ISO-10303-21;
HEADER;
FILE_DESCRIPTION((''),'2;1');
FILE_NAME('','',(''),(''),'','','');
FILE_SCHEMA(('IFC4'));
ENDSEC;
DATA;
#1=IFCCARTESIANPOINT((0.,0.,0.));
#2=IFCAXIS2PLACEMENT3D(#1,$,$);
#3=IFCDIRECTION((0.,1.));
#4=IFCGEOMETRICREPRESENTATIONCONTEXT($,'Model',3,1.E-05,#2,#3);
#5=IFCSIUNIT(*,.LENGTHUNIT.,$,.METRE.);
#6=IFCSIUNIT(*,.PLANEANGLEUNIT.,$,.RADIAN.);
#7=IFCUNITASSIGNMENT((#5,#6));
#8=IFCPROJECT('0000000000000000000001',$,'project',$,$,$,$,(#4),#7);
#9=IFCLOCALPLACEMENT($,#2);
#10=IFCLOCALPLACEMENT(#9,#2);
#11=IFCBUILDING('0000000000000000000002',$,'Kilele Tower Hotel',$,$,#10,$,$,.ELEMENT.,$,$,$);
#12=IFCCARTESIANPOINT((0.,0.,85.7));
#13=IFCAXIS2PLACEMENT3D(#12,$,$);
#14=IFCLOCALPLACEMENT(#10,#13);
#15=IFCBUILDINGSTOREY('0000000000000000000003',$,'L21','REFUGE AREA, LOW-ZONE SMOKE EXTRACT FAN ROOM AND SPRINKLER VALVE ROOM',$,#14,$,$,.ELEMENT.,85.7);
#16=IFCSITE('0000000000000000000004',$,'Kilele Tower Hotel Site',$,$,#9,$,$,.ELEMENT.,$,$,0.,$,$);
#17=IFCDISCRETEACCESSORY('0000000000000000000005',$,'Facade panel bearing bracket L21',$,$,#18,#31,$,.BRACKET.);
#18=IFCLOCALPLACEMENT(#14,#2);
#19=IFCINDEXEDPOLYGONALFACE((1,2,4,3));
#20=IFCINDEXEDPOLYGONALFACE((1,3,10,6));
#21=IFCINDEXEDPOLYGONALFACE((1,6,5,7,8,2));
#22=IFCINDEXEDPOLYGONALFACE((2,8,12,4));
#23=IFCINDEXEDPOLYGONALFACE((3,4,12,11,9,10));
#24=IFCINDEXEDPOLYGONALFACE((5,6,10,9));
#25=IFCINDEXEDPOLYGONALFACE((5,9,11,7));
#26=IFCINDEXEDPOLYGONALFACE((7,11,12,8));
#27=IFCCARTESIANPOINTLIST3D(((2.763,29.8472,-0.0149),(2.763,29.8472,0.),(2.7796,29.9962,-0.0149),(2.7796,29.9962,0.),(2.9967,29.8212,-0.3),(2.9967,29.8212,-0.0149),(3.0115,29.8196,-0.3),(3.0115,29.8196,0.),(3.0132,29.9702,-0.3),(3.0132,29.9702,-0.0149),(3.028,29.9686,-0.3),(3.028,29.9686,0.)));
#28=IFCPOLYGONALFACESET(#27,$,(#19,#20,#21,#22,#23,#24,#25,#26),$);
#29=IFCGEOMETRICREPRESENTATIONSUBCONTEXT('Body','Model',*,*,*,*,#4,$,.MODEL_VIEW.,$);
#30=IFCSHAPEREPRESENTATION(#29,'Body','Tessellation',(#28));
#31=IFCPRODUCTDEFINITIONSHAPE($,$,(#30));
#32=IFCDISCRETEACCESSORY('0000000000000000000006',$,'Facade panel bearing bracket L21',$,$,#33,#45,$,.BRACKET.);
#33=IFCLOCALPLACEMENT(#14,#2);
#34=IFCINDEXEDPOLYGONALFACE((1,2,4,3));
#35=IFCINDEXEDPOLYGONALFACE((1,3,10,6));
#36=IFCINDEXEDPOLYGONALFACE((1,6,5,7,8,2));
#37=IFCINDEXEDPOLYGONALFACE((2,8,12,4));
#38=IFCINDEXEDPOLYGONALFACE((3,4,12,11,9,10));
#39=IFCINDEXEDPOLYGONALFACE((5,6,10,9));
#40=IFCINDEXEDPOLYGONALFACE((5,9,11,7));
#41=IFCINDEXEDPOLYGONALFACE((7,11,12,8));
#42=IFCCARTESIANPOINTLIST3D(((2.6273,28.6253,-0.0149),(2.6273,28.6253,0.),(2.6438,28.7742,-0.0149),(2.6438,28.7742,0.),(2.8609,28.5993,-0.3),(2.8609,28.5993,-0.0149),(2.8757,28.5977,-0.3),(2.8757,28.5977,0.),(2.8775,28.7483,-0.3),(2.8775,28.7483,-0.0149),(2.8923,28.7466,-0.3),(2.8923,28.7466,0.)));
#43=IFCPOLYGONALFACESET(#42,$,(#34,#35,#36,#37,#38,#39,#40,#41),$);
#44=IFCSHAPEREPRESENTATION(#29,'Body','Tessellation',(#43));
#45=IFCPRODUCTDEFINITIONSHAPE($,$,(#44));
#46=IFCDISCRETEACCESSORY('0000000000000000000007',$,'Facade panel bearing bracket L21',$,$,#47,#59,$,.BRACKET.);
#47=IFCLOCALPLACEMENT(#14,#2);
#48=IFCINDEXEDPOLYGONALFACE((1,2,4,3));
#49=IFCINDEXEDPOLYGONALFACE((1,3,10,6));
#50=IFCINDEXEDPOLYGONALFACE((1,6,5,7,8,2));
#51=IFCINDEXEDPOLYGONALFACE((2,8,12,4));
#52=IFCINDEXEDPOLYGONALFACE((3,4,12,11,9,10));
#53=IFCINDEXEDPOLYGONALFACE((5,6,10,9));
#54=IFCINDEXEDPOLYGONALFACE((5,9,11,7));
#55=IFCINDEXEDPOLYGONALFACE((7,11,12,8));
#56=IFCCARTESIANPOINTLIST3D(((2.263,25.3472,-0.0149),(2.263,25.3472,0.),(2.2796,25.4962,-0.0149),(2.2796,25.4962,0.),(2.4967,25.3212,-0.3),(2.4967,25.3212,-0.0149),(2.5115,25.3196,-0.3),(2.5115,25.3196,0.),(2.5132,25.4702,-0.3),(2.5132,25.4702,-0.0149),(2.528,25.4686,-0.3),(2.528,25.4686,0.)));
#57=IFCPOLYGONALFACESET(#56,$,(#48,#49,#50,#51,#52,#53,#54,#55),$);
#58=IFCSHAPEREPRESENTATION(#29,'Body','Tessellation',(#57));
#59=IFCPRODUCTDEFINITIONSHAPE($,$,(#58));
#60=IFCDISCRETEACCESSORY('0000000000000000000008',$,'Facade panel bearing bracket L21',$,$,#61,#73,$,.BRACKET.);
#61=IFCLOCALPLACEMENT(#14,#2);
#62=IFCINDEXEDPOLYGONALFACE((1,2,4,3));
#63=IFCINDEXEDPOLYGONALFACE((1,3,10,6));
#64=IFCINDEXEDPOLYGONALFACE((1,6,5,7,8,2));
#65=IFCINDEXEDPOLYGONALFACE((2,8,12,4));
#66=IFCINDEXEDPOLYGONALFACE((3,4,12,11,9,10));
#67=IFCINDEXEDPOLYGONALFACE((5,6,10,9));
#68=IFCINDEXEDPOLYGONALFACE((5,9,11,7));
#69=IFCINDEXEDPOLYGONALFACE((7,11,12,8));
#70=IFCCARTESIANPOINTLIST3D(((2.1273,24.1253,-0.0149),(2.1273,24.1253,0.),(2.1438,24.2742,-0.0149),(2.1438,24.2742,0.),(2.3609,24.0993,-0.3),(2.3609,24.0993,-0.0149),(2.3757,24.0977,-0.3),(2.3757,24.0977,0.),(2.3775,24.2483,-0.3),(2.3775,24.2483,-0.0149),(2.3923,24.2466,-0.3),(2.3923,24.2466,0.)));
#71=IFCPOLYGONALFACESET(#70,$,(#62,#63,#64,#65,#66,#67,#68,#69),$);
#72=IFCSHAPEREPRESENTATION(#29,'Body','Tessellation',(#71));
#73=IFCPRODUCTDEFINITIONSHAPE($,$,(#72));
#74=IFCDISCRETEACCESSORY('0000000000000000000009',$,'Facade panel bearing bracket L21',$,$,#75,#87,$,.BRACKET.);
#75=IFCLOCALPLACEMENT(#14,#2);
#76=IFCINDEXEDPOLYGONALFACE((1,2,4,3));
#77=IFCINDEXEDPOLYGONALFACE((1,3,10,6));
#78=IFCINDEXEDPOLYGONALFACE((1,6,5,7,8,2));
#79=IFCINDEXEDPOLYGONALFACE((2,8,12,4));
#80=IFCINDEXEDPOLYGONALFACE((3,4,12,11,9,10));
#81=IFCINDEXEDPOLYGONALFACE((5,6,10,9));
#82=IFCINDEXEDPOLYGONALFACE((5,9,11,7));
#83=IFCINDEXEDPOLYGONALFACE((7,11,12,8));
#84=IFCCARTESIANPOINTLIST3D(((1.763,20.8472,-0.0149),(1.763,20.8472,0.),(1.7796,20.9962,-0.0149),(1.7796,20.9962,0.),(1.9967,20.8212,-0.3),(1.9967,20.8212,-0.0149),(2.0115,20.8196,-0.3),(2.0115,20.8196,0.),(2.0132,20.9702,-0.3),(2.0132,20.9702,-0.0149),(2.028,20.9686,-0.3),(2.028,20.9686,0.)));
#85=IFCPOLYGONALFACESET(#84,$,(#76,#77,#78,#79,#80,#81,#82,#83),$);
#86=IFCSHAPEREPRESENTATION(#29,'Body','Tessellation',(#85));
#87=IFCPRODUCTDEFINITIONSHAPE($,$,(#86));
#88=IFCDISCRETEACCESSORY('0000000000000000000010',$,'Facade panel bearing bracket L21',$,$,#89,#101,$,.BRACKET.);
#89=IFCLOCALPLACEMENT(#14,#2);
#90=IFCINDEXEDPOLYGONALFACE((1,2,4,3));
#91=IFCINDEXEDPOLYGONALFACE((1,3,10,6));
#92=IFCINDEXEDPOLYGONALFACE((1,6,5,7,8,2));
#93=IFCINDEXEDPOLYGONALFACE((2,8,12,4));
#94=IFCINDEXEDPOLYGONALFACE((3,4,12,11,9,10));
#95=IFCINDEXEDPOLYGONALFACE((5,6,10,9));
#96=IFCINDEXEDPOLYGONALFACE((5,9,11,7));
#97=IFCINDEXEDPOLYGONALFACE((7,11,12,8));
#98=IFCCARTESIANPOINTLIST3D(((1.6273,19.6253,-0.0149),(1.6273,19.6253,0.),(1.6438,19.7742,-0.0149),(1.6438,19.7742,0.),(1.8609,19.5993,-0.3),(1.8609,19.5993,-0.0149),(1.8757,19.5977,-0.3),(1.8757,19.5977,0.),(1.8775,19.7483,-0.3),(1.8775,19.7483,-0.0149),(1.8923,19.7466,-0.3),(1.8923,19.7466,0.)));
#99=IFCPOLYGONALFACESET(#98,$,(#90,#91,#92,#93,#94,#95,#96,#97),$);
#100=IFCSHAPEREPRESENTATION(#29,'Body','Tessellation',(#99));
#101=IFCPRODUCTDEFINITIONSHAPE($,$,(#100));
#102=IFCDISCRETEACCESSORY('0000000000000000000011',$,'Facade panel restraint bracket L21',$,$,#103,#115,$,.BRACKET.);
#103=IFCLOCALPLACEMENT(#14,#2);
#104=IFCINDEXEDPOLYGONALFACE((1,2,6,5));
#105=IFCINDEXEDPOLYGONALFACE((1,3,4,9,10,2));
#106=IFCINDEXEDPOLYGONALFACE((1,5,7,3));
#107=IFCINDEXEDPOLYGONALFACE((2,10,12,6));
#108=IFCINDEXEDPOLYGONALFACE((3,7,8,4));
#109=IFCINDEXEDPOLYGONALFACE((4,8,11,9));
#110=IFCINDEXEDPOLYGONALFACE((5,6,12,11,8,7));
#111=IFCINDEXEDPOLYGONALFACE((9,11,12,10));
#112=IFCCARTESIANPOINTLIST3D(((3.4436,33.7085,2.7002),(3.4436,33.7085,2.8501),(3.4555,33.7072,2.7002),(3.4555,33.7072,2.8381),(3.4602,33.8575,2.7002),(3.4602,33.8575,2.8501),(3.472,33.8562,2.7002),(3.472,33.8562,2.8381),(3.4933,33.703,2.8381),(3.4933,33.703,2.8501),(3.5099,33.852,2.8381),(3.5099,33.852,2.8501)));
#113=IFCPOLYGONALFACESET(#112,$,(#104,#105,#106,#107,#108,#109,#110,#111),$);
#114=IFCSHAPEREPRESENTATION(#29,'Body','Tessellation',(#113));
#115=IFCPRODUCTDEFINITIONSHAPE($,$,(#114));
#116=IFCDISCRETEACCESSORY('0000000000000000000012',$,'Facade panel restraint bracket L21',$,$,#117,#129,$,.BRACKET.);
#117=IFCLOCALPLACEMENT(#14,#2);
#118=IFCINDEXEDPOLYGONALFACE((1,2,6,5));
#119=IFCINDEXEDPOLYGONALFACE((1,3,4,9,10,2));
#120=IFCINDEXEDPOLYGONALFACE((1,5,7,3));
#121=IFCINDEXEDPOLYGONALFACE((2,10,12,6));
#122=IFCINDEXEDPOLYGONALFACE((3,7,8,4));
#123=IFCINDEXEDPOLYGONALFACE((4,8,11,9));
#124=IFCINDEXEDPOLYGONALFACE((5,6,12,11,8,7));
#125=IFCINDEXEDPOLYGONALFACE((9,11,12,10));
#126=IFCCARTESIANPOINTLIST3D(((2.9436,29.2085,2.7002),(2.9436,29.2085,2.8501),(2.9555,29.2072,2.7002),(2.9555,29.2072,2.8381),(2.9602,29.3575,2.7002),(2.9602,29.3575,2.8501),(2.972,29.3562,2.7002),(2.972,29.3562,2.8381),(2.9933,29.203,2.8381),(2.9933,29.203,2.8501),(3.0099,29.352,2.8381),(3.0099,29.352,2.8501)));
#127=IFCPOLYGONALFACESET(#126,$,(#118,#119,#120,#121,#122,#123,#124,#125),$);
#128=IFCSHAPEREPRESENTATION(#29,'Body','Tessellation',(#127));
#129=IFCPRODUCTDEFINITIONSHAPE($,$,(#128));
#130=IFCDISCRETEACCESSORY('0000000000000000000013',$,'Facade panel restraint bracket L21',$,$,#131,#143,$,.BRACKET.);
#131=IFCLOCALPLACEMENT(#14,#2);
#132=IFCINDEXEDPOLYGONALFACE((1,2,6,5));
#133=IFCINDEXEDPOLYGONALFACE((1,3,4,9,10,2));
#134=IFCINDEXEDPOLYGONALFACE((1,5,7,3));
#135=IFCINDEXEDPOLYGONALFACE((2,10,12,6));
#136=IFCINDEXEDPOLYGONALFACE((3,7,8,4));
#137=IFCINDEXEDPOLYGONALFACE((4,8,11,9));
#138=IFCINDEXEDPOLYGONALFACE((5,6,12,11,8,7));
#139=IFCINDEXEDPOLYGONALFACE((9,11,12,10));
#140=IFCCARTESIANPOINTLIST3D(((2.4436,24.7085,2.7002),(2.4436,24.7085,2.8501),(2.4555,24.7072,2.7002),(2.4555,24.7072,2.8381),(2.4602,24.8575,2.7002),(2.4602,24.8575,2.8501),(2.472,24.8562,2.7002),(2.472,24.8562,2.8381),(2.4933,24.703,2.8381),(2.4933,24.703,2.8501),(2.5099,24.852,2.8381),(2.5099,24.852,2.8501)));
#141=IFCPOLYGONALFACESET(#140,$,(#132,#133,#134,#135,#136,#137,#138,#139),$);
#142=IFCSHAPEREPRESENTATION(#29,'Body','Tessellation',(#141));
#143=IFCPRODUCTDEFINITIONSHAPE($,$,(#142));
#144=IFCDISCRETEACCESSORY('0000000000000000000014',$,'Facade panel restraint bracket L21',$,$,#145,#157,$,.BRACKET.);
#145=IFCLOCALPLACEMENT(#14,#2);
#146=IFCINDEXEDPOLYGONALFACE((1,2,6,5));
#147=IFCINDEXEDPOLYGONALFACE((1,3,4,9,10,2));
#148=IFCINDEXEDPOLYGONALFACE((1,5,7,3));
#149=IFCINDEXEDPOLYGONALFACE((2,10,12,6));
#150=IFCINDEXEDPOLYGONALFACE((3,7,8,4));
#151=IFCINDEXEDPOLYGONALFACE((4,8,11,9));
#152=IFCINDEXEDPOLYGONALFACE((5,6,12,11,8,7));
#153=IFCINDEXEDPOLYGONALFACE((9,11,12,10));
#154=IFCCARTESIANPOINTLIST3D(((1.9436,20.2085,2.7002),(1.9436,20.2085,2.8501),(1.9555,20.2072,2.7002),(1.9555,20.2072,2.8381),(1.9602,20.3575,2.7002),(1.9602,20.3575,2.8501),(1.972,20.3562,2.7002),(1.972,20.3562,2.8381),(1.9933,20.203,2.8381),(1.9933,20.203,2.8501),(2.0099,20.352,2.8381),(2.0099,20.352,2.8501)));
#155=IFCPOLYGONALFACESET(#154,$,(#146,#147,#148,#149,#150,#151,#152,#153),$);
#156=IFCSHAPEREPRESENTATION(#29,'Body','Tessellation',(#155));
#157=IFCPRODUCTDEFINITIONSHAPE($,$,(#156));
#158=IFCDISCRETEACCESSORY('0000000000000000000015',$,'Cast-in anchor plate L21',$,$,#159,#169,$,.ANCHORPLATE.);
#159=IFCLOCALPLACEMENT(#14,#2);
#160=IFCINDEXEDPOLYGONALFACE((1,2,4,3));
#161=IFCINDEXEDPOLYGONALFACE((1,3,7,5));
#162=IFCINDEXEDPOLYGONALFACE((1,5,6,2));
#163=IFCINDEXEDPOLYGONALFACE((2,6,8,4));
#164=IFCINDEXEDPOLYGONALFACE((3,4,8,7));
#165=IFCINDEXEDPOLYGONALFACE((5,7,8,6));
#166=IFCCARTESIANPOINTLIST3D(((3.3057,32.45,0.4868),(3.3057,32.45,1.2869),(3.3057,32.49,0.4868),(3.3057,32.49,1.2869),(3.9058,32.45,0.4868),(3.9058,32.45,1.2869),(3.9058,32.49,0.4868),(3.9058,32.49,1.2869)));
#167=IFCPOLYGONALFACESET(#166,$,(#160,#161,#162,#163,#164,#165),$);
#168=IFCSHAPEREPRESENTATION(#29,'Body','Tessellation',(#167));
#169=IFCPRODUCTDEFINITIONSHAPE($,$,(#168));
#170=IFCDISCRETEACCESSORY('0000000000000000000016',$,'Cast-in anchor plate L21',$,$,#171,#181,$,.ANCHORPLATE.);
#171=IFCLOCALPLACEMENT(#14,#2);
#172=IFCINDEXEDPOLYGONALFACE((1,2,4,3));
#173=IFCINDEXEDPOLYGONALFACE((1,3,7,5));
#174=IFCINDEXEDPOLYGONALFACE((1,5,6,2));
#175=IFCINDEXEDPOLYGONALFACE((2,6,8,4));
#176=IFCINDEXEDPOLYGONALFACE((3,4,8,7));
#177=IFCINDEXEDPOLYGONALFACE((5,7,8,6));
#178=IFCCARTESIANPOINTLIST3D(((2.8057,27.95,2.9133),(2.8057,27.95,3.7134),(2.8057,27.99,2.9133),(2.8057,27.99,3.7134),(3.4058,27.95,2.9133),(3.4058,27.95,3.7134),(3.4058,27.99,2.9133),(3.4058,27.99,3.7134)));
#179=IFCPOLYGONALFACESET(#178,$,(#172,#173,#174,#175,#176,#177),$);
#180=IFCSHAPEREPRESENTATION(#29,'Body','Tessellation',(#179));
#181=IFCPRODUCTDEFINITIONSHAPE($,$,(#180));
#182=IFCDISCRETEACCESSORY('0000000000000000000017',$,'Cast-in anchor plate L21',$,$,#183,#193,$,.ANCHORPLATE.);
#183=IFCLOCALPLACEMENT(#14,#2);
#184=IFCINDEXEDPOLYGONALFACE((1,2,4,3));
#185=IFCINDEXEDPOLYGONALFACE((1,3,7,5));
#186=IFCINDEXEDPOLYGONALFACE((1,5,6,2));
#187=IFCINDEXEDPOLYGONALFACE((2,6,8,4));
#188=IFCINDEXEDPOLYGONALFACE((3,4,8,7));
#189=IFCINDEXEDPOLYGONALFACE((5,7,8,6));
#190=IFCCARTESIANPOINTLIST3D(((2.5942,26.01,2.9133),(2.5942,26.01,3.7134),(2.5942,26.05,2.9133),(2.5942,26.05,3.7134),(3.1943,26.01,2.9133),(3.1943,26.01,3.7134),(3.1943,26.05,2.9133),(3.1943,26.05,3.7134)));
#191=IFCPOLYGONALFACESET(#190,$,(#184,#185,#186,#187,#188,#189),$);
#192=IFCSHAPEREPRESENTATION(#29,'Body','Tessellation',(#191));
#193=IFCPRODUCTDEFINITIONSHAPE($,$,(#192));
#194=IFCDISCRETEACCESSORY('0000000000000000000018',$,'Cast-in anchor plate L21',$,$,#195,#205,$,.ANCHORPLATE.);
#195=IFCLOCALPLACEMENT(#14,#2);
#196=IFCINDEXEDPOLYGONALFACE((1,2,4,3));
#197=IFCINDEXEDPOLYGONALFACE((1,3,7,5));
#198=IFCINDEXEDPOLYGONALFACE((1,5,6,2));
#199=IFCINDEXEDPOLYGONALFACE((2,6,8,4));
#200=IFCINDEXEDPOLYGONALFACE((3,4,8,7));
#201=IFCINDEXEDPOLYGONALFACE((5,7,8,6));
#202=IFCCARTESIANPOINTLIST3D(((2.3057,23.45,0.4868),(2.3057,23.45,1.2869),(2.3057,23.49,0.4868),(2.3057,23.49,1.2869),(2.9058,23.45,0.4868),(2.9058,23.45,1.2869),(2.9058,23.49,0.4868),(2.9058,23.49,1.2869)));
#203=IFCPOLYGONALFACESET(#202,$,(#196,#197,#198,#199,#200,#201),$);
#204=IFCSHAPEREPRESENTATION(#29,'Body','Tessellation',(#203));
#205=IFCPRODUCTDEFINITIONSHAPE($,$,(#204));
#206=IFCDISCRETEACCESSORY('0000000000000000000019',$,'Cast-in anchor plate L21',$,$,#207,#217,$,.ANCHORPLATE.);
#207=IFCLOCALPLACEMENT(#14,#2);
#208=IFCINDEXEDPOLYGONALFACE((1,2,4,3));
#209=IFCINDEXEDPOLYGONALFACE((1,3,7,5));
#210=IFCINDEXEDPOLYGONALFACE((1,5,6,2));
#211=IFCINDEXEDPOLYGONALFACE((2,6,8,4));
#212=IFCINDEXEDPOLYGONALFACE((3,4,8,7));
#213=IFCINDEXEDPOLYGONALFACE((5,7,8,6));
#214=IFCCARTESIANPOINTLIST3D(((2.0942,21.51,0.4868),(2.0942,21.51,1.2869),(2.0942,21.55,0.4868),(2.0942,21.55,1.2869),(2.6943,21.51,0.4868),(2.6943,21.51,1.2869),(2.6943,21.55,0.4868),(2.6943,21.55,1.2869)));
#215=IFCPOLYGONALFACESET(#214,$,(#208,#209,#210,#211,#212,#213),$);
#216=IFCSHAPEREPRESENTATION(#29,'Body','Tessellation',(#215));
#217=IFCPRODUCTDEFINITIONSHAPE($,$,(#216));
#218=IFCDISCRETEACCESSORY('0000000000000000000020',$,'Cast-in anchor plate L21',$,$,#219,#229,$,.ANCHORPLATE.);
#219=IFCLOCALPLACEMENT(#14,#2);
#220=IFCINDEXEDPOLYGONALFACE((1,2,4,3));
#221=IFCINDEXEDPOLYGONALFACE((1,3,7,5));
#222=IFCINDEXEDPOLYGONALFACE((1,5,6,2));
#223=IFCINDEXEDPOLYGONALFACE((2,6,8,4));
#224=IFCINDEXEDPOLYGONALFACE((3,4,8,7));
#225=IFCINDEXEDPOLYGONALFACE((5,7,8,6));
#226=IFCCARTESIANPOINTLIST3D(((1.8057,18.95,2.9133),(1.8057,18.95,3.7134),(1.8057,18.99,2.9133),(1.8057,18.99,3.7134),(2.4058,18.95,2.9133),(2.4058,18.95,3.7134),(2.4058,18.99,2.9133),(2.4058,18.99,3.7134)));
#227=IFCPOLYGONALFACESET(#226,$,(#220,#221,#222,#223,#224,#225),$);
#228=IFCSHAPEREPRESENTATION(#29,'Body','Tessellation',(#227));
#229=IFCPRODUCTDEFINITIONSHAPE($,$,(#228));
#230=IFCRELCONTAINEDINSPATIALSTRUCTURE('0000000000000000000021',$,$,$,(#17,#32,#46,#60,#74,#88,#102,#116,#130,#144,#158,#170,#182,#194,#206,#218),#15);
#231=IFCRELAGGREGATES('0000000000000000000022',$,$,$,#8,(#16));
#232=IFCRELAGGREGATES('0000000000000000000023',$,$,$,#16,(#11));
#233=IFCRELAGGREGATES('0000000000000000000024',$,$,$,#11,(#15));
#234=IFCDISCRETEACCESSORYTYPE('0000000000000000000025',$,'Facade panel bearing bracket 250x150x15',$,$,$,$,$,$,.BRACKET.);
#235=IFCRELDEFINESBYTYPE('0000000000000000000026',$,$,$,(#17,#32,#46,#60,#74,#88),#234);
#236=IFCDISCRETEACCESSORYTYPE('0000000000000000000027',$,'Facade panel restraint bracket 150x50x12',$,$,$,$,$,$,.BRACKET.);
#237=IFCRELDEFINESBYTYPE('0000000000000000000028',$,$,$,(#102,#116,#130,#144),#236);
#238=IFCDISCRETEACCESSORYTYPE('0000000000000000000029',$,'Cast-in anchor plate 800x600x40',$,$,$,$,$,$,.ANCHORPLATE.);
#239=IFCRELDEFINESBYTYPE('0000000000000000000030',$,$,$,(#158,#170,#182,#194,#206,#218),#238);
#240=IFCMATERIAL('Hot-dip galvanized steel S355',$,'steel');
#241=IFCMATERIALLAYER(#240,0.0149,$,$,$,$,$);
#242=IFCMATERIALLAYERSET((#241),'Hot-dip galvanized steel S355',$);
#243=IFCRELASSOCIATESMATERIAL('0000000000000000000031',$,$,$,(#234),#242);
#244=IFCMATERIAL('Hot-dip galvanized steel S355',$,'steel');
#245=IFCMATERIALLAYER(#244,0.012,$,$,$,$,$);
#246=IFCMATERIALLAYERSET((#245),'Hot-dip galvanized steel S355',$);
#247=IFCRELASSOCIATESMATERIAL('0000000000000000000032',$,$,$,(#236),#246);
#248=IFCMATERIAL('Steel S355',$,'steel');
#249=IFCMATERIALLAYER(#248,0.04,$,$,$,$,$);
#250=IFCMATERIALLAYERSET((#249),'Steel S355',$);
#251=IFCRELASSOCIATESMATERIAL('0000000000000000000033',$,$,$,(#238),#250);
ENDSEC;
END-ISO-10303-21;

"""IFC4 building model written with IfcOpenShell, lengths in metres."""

from ifc_helpers import new_model, si_unit, direction, frame, origin, place, context, subcontext, project, spatial, polyline, outline, extrude, source, transform, mapped, material, layer, layer_set, type_object, element, save


model = new_model("IFC4")

# Units and contexts
model_context = context("Model", 3, precision=1e-05, world=origin(), true_north=direction((0.0, 1.0)))
body_context = subcontext(model_context, "Body", "Model", "MODEL_VIEW")
ifc_project = project(units=[si_unit("LENGTHUNIT", "METRE"), si_unit("PLANEANGLEUNIT", "RADIAN")], contexts=[model_context])

# Site, building, storey
site_placement = place(None, origin())
site = spatial("IfcSite", under=ifc_project, at=site_placement, Name="Kilele Tower Hotel Site", CompositionType="ELEMENT", RefElevation=0.0)
building_placement = place(site_placement, origin())
building = spatial("IfcBuilding", under=site, at=building_placement, Name="Kilele Tower Hotel", CompositionType="ELEMENT")
storey_placement = place(building_placement, frame((0.0, 0.0, 85.7)))
storey = spatial("IfcBuildingStorey", under=building, at=storey_placement, Name="L21", Description="REFUGE AREA, LOW-ZONE SMOKE EXTRACT FAN ROOM AND SPRINKLER VALVE ROOM", CompositionType="ELEMENT", Elevation=85.7)

# Discrete accessories
ifc_material_1 = material(Name="Hot-dip galvanized steel S355", Category="steel")
ifc_layer_1 = layer(ifc_material_1, 0.0149)
ifc_layer_set_1 = layer_set([ifc_layer_1], Name="Hot-dip galvanized steel S355")
discrete_accessory_type_1 = type_object("IfcDiscreteAccessoryType", Name="Facade panel bearing bracket 250x150x15", PredefinedType="BRACKET", material=ifc_layer_set_1)
shared_shape_1 = source(origin(), body_context, "Body", "SweptSolid", [
    extrude(outline(polyline([(0.0, 0.0), (0.25, 0.0), (0.25, -0.0149), (0.0149, -0.0149), (0.0149, -0.3), (0.0, -0.3), (0.0, 0.0)])), origin(), (0.0, 0.0, 1.0), 0.1499),
])
for number, where, z_axis, x_axis, name in (
    (1, (3.0115, 29.8196, 0.0), (0.110432, 0.993884, 0.0), (-0.993884, 0.110432, 0.0), "Facade panel bearing bracket L21"),
    (2, (2.8757, 28.5977, 0.0), (0.110432, 0.993884, 0.0), (-0.993884, 0.110432, 0.0), "Facade panel bearing bracket L21"),
    (3, (2.5115, 25.3196, 0.0), (0.110432, 0.993884, 0.0), (-0.993884, 0.110432, 0.0), "Facade panel bearing bracket L21"),
    (4, (2.3757, 24.0977, 0.0), (0.110432, 0.993884, 0.0), (-0.993884, 0.110432, 0.0), "Facade panel bearing bracket L21"),
    (5, (2.0115, 20.8196, 0.0), (0.110432, 0.993884, 0.0), (-0.993884, 0.110432, 0.0), "Facade panel bearing bracket L21"),
    (6, (1.8757, 19.5977, 0.0), (0.110432, 0.993884, 0.0), (-0.993884, 0.110432, 0.0), "Facade panel bearing bracket L21"),
):
    element("IfcDiscreteAccessory", number, at=place(storey_placement, frame(where, z_axis=z_axis, x_axis=x_axis)), inside=storey, type_object=discrete_accessory_type_1, Name=name, PredefinedType="BRACKET", context=body_context, shape_type="MappedRepresentation", body=[
        mapped(shared_shape_1, transform((0.0, 0.0, 0.0))),
    ])
ifc_material_2 = material(Name="Hot-dip galvanized steel S355", Category="steel")
ifc_layer_2 = layer(ifc_material_2, 0.012)
ifc_layer_set_2 = layer_set([ifc_layer_2], Name="Hot-dip galvanized steel S355")
discrete_accessory_type_2 = type_object("IfcDiscreteAccessoryType", Name="Facade panel restraint bracket 150x50x12", PredefinedType="BRACKET", material=ifc_layer_set_2)
shared_shape_2 = source(origin(), body_context, "Body", "SweptSolid", [
    extrude(outline(polyline([(0.0, 0.0), (0.0, -0.1499), (-0.012, -0.1499), (-0.012, -0.012), (-0.05, -0.012), (-0.05, 0.0), (0.0, 0.0)])), origin(), (0.0, 0.0, 1.0), 0.1499),
])
for number, where, z_axis, x_axis, name in (
    (7, (3.4436, 33.7085, 2.8501), (0.110432, 0.993884, 0.0), (-0.993884, 0.110432, 0.0), "Facade panel restraint bracket L21"),
    (8, (2.9436, 29.2085, 2.8501), (0.110432, 0.993884, 0.0), (-0.993884, 0.110432, 0.0), "Facade panel restraint bracket L21"),
    (9, (2.4436, 24.7085, 2.8501), (0.110432, 0.993884, 0.0), (-0.993884, 0.110432, 0.0), "Facade panel restraint bracket L21"),
    (10, (1.9436, 20.2085, 2.8501), (0.110432, 0.993884, 0.0), (-0.993884, 0.110432, 0.0), "Facade panel restraint bracket L21"),
):
    element("IfcDiscreteAccessory", number, at=place(storey_placement, frame(where, z_axis=z_axis, x_axis=x_axis)), inside=storey, type_object=discrete_accessory_type_2, Name=name, PredefinedType="BRACKET", context=body_context, shape_type="MappedRepresentation", body=[
        mapped(shared_shape_2, transform((0.0, 0.0, 0.0))),
    ])
ifc_material_3 = material(Name="Steel S355", Category="steel")
ifc_layer_3 = layer(ifc_material_3, 0.04)
ifc_layer_set_3 = layer_set([ifc_layer_3], Name="Steel S355")
discrete_accessory_type_3 = type_object("IfcDiscreteAccessoryType", Name="Cast-in anchor plate 800x600x40", PredefinedType="ANCHORPLATE", material=ifc_layer_set_3)
shared_shape_3 = source(origin(), body_context, "Body", "SweptSolid", [
    extrude(outline(polyline([(0.0, 0.0), (0.04, 0.0), (0.04, 0.8), (0.0, 0.8), (0.0, 0.0)])), origin(), (0.0, 0.0, 1.0), 0.6001),
])
for number, where, z_axis, x_axis, name in (
    (11, (3.3057, 32.45, 0.4868), (1.0, 0.0, 0.0), (0.0, 1.0, 0.0), "Cast-in anchor plate L21"),
    (12, (2.8057, 27.95, 2.9133), (1.0, 0.0, 0.0), (0.0, 1.0, 0.0), "Cast-in anchor plate L21"),
    (13, (3.1943, 26.05, 2.9133), (-1.0, 0.0, 0.0), (0.0, -1.0, 0.0), "Cast-in anchor plate L21"),
    (14, (2.3057, 23.45, 0.4868), (1.0, 0.0, 0.0), (0.0, 1.0, 0.0), "Cast-in anchor plate L21"),
    (15, (2.6943, 21.55, 0.4868), (-1.0, 0.0, 0.0), (0.0, -1.0, 0.0), "Cast-in anchor plate L21"),
    (16, (1.8057, 18.95, 2.9133), (1.0, 0.0, 0.0), (0.0, 1.0, 0.0), "Cast-in anchor plate L21"),
):
    element("IfcDiscreteAccessory", number, at=place(storey_placement, frame(where, z_axis=z_axis, x_axis=x_axis)), inside=storey, type_object=discrete_accessory_type_3, Name=name, PredefinedType="ANCHORPLATE", context=body_context, shape_type="MappedRepresentation", body=[
        mapped(shared_shape_3, transform((0.0, 0.0, 0.0))),
    ])

save(model, "model.ifc")
